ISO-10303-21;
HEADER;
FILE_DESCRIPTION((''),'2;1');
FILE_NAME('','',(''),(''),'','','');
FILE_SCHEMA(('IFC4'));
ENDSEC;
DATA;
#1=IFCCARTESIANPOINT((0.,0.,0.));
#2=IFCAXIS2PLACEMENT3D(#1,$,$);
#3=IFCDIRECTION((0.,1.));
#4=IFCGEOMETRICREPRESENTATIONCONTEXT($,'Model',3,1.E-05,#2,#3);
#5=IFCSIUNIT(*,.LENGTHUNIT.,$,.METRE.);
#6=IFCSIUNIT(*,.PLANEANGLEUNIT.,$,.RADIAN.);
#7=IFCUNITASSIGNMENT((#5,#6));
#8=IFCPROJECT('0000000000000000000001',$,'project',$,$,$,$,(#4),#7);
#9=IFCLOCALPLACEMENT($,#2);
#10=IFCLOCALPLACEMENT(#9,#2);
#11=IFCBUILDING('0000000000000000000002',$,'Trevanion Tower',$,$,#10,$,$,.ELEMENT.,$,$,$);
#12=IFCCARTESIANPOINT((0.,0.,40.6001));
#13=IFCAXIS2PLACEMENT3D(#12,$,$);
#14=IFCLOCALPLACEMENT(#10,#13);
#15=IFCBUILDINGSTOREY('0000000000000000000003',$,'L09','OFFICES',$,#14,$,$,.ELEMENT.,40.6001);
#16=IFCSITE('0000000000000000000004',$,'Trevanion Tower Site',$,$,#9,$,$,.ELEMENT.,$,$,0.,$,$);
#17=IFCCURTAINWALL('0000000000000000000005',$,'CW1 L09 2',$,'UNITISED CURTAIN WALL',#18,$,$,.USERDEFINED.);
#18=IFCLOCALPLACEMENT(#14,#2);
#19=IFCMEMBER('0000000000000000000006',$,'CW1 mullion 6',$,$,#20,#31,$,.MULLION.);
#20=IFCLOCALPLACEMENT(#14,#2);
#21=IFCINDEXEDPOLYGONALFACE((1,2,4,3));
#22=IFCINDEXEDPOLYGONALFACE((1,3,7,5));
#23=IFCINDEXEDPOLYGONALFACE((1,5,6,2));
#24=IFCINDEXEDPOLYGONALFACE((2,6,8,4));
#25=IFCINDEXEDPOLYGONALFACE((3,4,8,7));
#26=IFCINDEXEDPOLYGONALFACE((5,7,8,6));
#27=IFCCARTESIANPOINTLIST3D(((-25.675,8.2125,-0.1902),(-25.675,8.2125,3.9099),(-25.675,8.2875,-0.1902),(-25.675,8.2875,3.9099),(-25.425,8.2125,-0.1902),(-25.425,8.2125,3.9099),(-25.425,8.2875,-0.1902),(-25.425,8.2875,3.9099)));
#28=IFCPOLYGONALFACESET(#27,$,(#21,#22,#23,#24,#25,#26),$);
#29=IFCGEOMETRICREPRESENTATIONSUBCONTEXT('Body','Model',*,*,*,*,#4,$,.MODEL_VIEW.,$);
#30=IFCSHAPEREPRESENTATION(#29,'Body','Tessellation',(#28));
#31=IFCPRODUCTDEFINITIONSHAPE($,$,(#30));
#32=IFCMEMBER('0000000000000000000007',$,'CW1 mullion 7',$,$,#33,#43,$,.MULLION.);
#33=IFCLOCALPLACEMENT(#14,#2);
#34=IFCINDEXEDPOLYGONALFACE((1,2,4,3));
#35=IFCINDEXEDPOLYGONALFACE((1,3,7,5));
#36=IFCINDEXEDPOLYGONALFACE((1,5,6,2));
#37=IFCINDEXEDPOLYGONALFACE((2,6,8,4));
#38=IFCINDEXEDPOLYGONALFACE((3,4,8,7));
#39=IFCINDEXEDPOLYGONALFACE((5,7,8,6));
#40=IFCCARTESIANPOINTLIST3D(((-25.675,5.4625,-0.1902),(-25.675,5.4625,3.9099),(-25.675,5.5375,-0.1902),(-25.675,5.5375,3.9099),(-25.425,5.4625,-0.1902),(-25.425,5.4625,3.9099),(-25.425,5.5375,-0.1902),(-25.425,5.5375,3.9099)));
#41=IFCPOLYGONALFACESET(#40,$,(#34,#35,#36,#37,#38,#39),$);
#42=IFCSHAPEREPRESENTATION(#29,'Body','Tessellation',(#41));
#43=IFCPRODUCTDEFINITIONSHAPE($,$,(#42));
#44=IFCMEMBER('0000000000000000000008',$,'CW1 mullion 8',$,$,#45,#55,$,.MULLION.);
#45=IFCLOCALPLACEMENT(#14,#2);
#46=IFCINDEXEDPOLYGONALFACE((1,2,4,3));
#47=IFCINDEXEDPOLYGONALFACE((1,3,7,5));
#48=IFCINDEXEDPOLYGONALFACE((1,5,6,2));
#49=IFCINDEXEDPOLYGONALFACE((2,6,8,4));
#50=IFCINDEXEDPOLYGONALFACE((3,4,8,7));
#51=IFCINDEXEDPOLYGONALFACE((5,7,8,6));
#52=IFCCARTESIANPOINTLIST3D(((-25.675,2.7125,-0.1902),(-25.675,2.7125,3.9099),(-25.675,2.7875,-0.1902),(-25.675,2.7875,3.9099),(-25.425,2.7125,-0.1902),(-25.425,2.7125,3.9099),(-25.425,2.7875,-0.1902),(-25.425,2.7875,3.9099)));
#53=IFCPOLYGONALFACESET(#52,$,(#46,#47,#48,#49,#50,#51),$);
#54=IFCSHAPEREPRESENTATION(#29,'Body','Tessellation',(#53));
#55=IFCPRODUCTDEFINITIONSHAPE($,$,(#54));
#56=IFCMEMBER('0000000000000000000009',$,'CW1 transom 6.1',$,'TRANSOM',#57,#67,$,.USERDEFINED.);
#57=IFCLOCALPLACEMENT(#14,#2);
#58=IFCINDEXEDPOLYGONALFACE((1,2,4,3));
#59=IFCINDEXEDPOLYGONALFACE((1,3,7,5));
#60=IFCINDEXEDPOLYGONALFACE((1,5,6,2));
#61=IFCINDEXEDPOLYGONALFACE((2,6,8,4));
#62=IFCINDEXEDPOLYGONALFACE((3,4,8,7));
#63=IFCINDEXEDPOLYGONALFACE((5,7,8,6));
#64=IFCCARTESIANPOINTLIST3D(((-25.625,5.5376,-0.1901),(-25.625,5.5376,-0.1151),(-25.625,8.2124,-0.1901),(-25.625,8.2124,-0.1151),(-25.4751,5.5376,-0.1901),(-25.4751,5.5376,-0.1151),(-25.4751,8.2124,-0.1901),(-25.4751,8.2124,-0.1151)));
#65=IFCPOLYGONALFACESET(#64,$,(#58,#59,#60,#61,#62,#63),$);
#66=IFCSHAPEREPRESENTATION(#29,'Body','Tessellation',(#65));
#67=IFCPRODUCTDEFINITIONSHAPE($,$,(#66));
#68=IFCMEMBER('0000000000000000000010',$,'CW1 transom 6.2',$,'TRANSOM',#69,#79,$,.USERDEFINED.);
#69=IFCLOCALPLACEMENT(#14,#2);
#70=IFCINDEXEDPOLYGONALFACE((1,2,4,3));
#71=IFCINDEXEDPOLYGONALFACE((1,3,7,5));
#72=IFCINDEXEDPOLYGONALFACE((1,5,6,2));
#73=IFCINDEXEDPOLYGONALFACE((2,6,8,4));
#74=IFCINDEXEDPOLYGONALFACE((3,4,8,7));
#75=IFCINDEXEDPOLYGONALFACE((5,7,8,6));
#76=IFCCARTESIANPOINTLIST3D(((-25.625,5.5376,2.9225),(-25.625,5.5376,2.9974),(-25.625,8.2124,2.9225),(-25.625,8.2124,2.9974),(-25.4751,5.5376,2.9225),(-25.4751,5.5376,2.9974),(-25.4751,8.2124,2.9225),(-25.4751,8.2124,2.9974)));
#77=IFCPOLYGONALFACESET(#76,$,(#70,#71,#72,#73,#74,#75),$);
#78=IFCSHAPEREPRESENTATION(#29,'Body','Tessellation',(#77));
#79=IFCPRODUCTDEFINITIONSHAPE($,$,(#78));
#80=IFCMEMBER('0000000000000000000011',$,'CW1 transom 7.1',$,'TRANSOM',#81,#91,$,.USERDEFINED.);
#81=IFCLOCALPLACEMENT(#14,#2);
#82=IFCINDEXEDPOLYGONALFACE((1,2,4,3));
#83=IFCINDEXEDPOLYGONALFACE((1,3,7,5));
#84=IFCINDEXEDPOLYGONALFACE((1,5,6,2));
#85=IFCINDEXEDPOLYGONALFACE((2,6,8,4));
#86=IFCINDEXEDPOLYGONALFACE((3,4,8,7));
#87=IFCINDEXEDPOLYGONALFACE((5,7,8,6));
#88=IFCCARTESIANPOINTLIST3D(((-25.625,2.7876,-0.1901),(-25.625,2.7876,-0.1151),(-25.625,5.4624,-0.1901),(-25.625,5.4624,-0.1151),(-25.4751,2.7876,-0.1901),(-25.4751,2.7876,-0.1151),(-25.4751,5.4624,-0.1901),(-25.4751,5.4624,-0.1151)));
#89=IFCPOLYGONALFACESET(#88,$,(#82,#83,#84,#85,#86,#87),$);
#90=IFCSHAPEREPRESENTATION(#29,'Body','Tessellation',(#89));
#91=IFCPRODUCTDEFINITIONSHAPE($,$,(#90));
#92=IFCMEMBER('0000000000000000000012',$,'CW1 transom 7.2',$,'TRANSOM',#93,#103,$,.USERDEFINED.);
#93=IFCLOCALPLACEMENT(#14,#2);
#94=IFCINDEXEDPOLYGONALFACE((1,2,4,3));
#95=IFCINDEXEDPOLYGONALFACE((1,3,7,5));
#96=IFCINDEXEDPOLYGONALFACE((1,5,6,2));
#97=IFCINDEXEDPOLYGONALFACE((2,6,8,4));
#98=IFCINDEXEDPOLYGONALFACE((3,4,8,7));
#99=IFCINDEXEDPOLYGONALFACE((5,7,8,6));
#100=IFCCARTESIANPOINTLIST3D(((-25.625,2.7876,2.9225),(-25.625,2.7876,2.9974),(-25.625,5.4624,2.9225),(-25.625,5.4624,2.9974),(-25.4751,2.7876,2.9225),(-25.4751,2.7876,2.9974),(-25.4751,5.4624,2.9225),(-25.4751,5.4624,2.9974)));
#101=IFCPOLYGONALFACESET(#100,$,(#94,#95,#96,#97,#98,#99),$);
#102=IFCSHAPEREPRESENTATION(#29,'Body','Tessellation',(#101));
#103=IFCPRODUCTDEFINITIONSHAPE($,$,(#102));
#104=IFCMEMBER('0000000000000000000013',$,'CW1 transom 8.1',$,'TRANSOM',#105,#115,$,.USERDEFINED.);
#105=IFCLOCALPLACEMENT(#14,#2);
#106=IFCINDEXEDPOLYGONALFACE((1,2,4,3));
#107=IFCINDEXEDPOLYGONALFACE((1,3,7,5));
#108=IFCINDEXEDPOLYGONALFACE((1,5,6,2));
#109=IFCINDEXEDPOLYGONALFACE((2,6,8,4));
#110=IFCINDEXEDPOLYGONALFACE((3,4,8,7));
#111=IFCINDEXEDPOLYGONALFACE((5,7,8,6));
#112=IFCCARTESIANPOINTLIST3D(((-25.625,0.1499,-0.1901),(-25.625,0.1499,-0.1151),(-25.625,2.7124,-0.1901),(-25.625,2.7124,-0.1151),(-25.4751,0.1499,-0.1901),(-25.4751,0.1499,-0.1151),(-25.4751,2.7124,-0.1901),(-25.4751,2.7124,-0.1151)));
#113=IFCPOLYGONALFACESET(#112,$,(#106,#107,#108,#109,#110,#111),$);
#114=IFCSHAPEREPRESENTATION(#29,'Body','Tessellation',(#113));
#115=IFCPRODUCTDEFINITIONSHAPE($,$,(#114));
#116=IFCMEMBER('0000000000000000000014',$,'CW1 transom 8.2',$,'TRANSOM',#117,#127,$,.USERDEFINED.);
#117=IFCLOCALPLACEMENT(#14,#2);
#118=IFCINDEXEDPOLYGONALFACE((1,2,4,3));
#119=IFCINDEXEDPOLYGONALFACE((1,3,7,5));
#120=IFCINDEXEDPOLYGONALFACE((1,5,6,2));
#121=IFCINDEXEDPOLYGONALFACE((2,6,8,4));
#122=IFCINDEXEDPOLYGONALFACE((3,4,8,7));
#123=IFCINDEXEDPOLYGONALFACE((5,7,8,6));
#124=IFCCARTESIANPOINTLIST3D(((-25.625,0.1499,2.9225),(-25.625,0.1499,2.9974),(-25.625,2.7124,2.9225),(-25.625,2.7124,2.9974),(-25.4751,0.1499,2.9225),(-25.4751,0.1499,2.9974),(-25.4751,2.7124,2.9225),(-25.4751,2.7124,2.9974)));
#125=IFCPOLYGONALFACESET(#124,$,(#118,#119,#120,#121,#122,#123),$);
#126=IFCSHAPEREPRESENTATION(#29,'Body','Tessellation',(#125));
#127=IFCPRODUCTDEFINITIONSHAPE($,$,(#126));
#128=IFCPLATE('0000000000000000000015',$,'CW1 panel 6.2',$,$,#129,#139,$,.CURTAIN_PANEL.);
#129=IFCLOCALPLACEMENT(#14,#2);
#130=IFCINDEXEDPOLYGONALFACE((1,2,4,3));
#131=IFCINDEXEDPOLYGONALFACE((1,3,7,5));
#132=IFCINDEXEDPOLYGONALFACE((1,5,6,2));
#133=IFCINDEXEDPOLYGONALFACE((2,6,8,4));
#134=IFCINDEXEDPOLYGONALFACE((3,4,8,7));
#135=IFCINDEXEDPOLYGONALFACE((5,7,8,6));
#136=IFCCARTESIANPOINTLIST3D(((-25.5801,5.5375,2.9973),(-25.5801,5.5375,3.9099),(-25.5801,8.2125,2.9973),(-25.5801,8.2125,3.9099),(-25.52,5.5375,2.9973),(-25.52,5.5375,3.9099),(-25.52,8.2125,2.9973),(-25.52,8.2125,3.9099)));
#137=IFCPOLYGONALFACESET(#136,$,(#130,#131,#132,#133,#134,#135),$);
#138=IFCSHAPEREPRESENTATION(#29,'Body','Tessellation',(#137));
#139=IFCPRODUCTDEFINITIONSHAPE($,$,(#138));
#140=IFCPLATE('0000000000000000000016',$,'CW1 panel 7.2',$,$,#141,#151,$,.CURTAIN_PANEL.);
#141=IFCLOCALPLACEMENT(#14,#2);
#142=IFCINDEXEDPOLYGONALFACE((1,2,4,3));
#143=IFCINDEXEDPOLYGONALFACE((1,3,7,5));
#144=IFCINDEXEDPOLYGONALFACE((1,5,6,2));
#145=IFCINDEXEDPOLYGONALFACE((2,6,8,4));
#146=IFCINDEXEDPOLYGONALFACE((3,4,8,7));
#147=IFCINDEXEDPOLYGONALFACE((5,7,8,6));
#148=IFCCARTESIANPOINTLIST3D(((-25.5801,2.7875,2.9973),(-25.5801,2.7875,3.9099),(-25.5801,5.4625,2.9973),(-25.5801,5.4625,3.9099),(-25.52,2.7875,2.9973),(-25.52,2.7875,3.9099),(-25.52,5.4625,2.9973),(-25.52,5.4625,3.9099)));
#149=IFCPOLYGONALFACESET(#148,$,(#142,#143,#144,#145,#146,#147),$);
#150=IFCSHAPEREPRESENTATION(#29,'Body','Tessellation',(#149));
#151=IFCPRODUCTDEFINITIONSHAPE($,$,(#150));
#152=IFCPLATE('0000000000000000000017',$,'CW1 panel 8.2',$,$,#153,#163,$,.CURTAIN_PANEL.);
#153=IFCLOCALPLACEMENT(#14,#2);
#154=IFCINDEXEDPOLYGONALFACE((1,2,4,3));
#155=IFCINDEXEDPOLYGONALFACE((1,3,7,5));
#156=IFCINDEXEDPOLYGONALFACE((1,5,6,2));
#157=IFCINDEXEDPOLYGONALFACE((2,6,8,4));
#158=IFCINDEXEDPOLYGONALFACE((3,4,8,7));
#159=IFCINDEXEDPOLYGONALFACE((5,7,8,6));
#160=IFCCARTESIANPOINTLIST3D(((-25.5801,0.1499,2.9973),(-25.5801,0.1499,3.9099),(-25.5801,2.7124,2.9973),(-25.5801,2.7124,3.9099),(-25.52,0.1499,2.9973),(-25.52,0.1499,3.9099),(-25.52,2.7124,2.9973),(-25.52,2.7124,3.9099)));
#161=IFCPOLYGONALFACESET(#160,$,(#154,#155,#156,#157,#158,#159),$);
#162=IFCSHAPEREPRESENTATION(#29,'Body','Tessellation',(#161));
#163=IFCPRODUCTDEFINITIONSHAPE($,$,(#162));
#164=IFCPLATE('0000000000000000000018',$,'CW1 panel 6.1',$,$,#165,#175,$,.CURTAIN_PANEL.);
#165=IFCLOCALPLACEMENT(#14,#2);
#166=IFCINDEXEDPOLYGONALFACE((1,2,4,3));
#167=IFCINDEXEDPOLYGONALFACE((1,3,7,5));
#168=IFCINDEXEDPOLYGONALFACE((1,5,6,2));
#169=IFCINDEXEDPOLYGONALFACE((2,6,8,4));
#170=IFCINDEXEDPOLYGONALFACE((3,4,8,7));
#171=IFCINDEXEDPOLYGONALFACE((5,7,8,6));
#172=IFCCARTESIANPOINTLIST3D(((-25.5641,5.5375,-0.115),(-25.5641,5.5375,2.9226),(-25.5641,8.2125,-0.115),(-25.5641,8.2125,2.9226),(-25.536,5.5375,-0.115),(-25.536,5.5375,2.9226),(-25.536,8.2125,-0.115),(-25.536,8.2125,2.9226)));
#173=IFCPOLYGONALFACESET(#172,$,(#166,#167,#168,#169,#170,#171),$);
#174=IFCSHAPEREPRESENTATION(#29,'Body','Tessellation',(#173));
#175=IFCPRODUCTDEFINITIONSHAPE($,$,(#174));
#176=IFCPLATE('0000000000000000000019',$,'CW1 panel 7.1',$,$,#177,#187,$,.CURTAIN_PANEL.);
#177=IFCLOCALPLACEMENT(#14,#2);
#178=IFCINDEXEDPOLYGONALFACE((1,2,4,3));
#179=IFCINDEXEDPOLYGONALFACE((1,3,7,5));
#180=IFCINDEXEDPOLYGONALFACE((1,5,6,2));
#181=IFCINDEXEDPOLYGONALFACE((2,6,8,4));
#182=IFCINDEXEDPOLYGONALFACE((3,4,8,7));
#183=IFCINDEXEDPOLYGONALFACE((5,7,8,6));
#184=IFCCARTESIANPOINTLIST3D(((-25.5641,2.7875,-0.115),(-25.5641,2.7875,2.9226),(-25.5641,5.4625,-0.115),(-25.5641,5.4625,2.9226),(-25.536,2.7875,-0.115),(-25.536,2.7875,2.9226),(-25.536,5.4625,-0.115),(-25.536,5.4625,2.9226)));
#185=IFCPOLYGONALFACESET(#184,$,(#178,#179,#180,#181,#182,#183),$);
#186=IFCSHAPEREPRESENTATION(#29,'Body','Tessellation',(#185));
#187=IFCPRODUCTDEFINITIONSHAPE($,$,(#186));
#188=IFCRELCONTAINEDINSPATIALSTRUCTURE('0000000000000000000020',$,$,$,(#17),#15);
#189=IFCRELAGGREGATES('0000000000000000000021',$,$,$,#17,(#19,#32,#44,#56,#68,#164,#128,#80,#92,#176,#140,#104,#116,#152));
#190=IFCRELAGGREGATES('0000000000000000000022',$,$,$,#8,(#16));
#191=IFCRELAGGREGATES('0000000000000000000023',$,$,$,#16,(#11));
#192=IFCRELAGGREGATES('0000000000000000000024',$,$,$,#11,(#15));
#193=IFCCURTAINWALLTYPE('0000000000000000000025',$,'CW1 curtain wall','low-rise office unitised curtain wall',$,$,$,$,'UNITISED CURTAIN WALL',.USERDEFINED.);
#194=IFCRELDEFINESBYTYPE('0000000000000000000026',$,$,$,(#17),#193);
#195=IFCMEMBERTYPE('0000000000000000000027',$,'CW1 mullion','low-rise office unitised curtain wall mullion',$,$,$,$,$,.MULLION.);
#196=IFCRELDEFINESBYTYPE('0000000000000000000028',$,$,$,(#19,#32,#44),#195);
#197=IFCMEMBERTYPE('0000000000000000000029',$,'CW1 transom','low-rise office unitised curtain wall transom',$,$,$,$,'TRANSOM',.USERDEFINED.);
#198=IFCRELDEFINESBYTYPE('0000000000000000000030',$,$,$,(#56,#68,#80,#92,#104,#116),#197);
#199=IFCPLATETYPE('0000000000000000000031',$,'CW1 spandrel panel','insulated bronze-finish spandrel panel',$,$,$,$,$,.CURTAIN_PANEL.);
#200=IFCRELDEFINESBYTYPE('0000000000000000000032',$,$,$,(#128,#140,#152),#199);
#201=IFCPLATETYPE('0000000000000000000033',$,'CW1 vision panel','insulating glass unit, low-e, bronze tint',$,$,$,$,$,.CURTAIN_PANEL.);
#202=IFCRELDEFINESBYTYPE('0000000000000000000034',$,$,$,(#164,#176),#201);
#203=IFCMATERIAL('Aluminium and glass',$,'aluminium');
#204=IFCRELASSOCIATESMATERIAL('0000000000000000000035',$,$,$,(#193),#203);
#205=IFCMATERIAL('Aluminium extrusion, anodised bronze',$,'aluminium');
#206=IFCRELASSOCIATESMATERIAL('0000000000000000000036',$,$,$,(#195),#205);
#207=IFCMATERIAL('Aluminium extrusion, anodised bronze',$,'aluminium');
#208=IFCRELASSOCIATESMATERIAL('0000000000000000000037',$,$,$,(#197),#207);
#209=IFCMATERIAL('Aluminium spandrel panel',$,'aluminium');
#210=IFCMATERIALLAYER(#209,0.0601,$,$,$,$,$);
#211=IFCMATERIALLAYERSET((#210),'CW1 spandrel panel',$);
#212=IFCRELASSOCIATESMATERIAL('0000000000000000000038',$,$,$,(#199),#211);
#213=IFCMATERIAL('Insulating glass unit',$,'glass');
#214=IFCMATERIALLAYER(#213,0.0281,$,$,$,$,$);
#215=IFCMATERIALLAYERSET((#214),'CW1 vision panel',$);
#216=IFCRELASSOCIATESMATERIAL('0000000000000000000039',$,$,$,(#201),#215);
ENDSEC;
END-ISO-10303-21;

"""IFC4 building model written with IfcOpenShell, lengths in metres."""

from ifc_helpers import new_model, si_unit, direction, frame, origin, origin_2d, place, context, subcontext, project, spatial, rectangle, extrude, material, layer, layer_set, material_profile, profile_set, type_object, element, aggregate, save


model = new_model("IFC4")

# Units and contexts
model_context = context("Model", 3, precision=1e-05, world=origin(), true_north=direction((0.0, 1.0)))
body_context = subcontext(model_context, "Body", "Model", "MODEL_VIEW")
ifc_project = project(units=[si_unit("LENGTHUNIT", "METRE"), si_unit("PLANEANGLEUNIT", "RADIAN")], contexts=[model_context])

# Site, building, storey
site_placement = place(None, origin())
site = spatial("IfcSite", under=ifc_project, at=site_placement, Name="Trevanion Tower Site", CompositionType="ELEMENT", RefElevation=0.0)
building_placement = place(site_placement, origin())
building = spatial("IfcBuilding", under=site, at=building_placement, Name="Trevanion Tower", CompositionType="ELEMENT")
storey_placement = place(building_placement, frame((0.0, 0.0, 40.6001)))
storey = spatial("IfcBuildingStorey", under=building, at=storey_placement, Name="L09", Description="OFFICES", CompositionType="ELEMENT", Elevation=40.6001)

# Curtain wall, members, plates
ifc_material_1 = material(Name="Aluminium and glass", Category="aluminium")
curtain_wall_type = type_object("IfcCurtainWallType", Name="CW1 curtain wall", Description="low-rise office unitised curtain wall", ElementType="UNITISED CURTAIN WALL", PredefinedType="USERDEFINED", material=ifc_material_1)
curtain_wall_placement = place(storey_placement, origin())
curtain_wall = element("IfcCurtainWall", 1, at=curtain_wall_placement, inside=storey, type_object=curtain_wall_type, Name="CW1 L09 2", ObjectType="UNITISED CURTAIN WALL", PredefinedType="USERDEFINED")
ifc_material_2 = material(Name="Aluminium extrusion, anodised bronze", Category="aluminium")
ifc_material_profile_1 = material_profile(ifc_material_2, rectangle(XDim=0.075, YDim=0.25, at=origin_2d()), Name="CW1 mullion")
ifc_profile_set_1 = profile_set([ifc_material_profile_1], Name="Aluminium extrusion, anodised bronze")
member_type_1 = type_object("IfcMemberType", Name="CW1 mullion", Description="low-rise office unitised curtain wall mullion", PredefinedType="MULLION", material=ifc_profile_set_1)
member_1_placement = place(storey_placement, frame((-25.55, 8.25, -0.1902), z_axis=(0.0, 0.0, 1.0), x_axis=(0.0, -1.0, 0.0)))
member_1 = element("IfcMember", 2, at=member_1_placement, type_object=member_type_1, Name="CW1 mullion 6", PredefinedType="MULLION", context=body_context, shape_type="SweptSolid", body=[
    extrude(rectangle(XDim=0.075, YDim=0.25, at=origin_2d()), origin(), (0.0, 0.0, 1.0), 4.1001),
])
member_2_placement = place(storey_placement, frame((-25.55, 5.5, -0.1902), z_axis=(0.0, 0.0, 1.0), x_axis=(0.0, -1.0, 0.0)))
member_2 = element("IfcMember", 3, at=member_2_placement, type_object=member_type_1, Name="CW1 mullion 7", PredefinedType="MULLION", context=body_context, shape_type="SweptSolid", body=[
    extrude(rectangle(XDim=0.075, YDim=0.25, at=origin_2d()), origin(), (0.0, 0.0, 1.0), 4.1001),
])
member_3_placement = place(storey_placement, frame((-25.55, 2.75, -0.1902), z_axis=(0.0, 0.0, 1.0), x_axis=(0.0, -1.0, 0.0)))
member_3 = element("IfcMember", 4, at=member_3_placement, type_object=member_type_1, Name="CW1 mullion 8", PredefinedType="MULLION", context=body_context, shape_type="SweptSolid", body=[
    extrude(rectangle(XDim=0.075, YDim=0.25, at=origin_2d()), origin(), (0.0, 0.0, 1.0), 4.1001),
])
ifc_material_3 = material(Name="Aluminium extrusion, anodised bronze", Category="aluminium")
ifc_material_profile_2 = material_profile(ifc_material_3, rectangle(XDim=0.1499, YDim=0.075, at=origin_2d()), Name="CW1 transom")
ifc_profile_set_2 = profile_set([ifc_material_profile_2], Name="Aluminium extrusion, anodised bronze")
member_type_2 = type_object("IfcMemberType", Name="CW1 transom", Description="low-rise office unitised curtain wall transom", ElementType="TRANSOM", PredefinedType="USERDEFINED", material=ifc_profile_set_2)
member_4_placement = place(storey_placement, frame((-25.55, 8.2124, -0.1526), z_axis=(0.0, -1.0, 0.0), x_axis=(1.0, 0.0, 0.0)))
member_4 = element("IfcMember", 5, at=member_4_placement, type_object=member_type_2, Name="CW1 transom 6.1", ObjectType="TRANSOM", PredefinedType="USERDEFINED", context=body_context, shape_type="SweptSolid", body=[
    extrude(rectangle(XDim=0.1499, YDim=0.075, at=origin_2d()), origin(), (0.0, 0.0, 1.0), 2.6748),
])
member_5_placement = place(storey_placement, frame((-25.55, 8.2124, 2.96), z_axis=(0.0, -1.0, 0.0), x_axis=(1.0, 0.0, 0.0)))
member_5 = element("IfcMember", 6, at=member_5_placement, type_object=member_type_2, Name="CW1 transom 6.2", ObjectType="TRANSOM", PredefinedType="USERDEFINED", context=body_context, shape_type="SweptSolid", body=[
    extrude(rectangle(XDim=0.1499, YDim=0.075, at=origin_2d()), origin(), (0.0, 0.0, 1.0), 2.6748),
])
member_6_placement = place(storey_placement, frame((-25.55, 5.4624, -0.1526), z_axis=(0.0, -1.0, 0.0), x_axis=(1.0, 0.0, 0.0)))
member_6 = element("IfcMember", 7, at=member_6_placement, type_object=member_type_2, Name="CW1 transom 7.1", ObjectType="TRANSOM", PredefinedType="USERDEFINED", context=body_context, shape_type="SweptSolid", body=[
    extrude(rectangle(XDim=0.1499, YDim=0.075, at=origin_2d()), origin(), (0.0, 0.0, 1.0), 2.6748),
])
member_7_placement = place(storey_placement, frame((-25.55, 5.4624, 2.96), z_axis=(0.0, -1.0, 0.0), x_axis=(1.0, 0.0, 0.0)))
member_7 = element("IfcMember", 8, at=member_7_placement, type_object=member_type_2, Name="CW1 transom 7.2", ObjectType="TRANSOM", PredefinedType="USERDEFINED", context=body_context, shape_type="SweptSolid", body=[
    extrude(rectangle(XDim=0.1499, YDim=0.075, at=origin_2d()), origin(), (0.0, 0.0, 1.0), 2.6748),
])
member_8_placement = place(storey_placement, frame((-25.55, 2.7124, -0.1526), z_axis=(0.0, -1.0, 0.0), x_axis=(1.0, 0.0, 0.0)))
member_8 = element("IfcMember", 9, at=member_8_placement, type_object=member_type_2, Name="CW1 transom 8.1", ObjectType="TRANSOM", PredefinedType="USERDEFINED", context=body_context, shape_type="SweptSolid", body=[
    extrude(rectangle(XDim=0.1499, YDim=0.075, at=origin_2d()), origin(), (0.0, 0.0, 1.0), 2.5625),
])
member_9_placement = place(storey_placement, frame((-25.55, 2.7124, 2.96), z_axis=(0.0, -1.0, 0.0), x_axis=(1.0, 0.0, 0.0)))
member_9 = element("IfcMember", 10, at=member_9_placement, type_object=member_type_2, Name="CW1 transom 8.2", ObjectType="TRANSOM", PredefinedType="USERDEFINED", context=body_context, shape_type="SweptSolid", body=[
    extrude(rectangle(XDim=0.1499, YDim=0.075, at=origin_2d()), origin(), (0.0, 0.0, 1.0), 2.5625),
])
ifc_material_4 = material(Name="Aluminium spandrel panel", Category="aluminium")
ifc_layer_1 = layer(ifc_material_4, 0.0601)
ifc_layer_set_1 = layer_set([ifc_layer_1], Name="CW1 spandrel panel")
plate_type_1 = type_object("IfcPlateType", Name="CW1 spandrel panel", Description="insulated bronze-finish spandrel panel", PredefinedType="CURTAIN_PANEL", material=ifc_layer_set_1)
plate_1_placement = place(storey_placement, frame((-25.55, 6.875, 2.9973), z_axis=(0.0, 0.0, 1.0), x_axis=(0.0, -1.0, 0.0)))
plate_1 = element("IfcPlate", 11, at=plate_1_placement, type_object=plate_type_1, Name="CW1 panel 6.2", PredefinedType="CURTAIN_PANEL", context=body_context, shape_type="SweptSolid", body=[
    extrude(rectangle(XDim=2.675, YDim=0.0601, at=origin_2d()), origin(), (0.0, 0.0, 1.0), 0.9126),
])
plate_2_placement = place(storey_placement, frame((-25.55, 4.125, 2.9973), z_axis=(0.0, 0.0, 1.0), x_axis=(0.0, -1.0, 0.0)))
plate_2 = element("IfcPlate", 12, at=plate_2_placement, type_object=plate_type_1, Name="CW1 panel 7.2", PredefinedType="CURTAIN_PANEL", context=body_context, shape_type="SweptSolid", body=[
    extrude(rectangle(XDim=2.675, YDim=0.0601, at=origin_2d()), origin(), (0.0, 0.0, 1.0), 0.9126),
])
plate_3_placement = place(storey_placement, frame((-25.55, 1.4312, 2.9973), z_axis=(0.0, 0.0, 1.0), x_axis=(0.0, -1.0, 0.0)))
plate_3 = element("IfcPlate", 13, at=plate_3_placement, type_object=plate_type_1, Name="CW1 panel 8.2", PredefinedType="CURTAIN_PANEL", context=body_context, shape_type="SweptSolid", body=[
    extrude(rectangle(XDim=2.5625, YDim=0.0601, at=origin_2d()), origin(), (0.0, 0.0, 1.0), 0.9126),
])
ifc_material_5 = material(Name="Insulating glass unit", Category="glass")
ifc_layer_2 = layer(ifc_material_5, 0.0281)
ifc_layer_set_2 = layer_set([ifc_layer_2], Name="CW1 vision panel")
plate_type_2 = type_object("IfcPlateType", Name="CW1 vision panel", Description="insulating glass unit, low-e, bronze tint", PredefinedType="CURTAIN_PANEL", material=ifc_layer_set_2)
plate_4_placement = place(storey_placement, frame((-25.55, 6.875, -0.115), z_axis=(0.0, 0.0, 1.0), x_axis=(0.0, -1.0, 0.0)))
plate_4 = element("IfcPlate", 14, at=plate_4_placement, type_object=plate_type_2, Name="CW1 panel 6.1", PredefinedType="CURTAIN_PANEL", context=body_context, shape_type="SweptSolid", body=[
    extrude(rectangle(XDim=2.675, YDim=0.0281, at=origin_2d()), origin(), (0.0, 0.0, 1.0), 3.0376),
])
plate_5_placement = place(storey_placement, frame((-25.55, 4.125, -0.115), z_axis=(0.0, 0.0, 1.0), x_axis=(0.0, -1.0, 0.0)))
plate_5 = element("IfcPlate", 15, at=plate_5_placement, type_object=plate_type_2, Name="CW1 panel 7.1", PredefinedType="CURTAIN_PANEL", context=body_context, shape_type="SweptSolid", body=[
    extrude(rectangle(XDim=2.675, YDim=0.0281, at=origin_2d()), origin(), (0.0, 0.0, 1.0), 3.0376),
])
aggregate(curtain_wall, [member_1, member_2, member_3, member_4, member_5, plate_4, plate_1, member_6, member_7, plate_5, plate_2, member_8, member_9, plate_3])

save(model, "model.ifc")
